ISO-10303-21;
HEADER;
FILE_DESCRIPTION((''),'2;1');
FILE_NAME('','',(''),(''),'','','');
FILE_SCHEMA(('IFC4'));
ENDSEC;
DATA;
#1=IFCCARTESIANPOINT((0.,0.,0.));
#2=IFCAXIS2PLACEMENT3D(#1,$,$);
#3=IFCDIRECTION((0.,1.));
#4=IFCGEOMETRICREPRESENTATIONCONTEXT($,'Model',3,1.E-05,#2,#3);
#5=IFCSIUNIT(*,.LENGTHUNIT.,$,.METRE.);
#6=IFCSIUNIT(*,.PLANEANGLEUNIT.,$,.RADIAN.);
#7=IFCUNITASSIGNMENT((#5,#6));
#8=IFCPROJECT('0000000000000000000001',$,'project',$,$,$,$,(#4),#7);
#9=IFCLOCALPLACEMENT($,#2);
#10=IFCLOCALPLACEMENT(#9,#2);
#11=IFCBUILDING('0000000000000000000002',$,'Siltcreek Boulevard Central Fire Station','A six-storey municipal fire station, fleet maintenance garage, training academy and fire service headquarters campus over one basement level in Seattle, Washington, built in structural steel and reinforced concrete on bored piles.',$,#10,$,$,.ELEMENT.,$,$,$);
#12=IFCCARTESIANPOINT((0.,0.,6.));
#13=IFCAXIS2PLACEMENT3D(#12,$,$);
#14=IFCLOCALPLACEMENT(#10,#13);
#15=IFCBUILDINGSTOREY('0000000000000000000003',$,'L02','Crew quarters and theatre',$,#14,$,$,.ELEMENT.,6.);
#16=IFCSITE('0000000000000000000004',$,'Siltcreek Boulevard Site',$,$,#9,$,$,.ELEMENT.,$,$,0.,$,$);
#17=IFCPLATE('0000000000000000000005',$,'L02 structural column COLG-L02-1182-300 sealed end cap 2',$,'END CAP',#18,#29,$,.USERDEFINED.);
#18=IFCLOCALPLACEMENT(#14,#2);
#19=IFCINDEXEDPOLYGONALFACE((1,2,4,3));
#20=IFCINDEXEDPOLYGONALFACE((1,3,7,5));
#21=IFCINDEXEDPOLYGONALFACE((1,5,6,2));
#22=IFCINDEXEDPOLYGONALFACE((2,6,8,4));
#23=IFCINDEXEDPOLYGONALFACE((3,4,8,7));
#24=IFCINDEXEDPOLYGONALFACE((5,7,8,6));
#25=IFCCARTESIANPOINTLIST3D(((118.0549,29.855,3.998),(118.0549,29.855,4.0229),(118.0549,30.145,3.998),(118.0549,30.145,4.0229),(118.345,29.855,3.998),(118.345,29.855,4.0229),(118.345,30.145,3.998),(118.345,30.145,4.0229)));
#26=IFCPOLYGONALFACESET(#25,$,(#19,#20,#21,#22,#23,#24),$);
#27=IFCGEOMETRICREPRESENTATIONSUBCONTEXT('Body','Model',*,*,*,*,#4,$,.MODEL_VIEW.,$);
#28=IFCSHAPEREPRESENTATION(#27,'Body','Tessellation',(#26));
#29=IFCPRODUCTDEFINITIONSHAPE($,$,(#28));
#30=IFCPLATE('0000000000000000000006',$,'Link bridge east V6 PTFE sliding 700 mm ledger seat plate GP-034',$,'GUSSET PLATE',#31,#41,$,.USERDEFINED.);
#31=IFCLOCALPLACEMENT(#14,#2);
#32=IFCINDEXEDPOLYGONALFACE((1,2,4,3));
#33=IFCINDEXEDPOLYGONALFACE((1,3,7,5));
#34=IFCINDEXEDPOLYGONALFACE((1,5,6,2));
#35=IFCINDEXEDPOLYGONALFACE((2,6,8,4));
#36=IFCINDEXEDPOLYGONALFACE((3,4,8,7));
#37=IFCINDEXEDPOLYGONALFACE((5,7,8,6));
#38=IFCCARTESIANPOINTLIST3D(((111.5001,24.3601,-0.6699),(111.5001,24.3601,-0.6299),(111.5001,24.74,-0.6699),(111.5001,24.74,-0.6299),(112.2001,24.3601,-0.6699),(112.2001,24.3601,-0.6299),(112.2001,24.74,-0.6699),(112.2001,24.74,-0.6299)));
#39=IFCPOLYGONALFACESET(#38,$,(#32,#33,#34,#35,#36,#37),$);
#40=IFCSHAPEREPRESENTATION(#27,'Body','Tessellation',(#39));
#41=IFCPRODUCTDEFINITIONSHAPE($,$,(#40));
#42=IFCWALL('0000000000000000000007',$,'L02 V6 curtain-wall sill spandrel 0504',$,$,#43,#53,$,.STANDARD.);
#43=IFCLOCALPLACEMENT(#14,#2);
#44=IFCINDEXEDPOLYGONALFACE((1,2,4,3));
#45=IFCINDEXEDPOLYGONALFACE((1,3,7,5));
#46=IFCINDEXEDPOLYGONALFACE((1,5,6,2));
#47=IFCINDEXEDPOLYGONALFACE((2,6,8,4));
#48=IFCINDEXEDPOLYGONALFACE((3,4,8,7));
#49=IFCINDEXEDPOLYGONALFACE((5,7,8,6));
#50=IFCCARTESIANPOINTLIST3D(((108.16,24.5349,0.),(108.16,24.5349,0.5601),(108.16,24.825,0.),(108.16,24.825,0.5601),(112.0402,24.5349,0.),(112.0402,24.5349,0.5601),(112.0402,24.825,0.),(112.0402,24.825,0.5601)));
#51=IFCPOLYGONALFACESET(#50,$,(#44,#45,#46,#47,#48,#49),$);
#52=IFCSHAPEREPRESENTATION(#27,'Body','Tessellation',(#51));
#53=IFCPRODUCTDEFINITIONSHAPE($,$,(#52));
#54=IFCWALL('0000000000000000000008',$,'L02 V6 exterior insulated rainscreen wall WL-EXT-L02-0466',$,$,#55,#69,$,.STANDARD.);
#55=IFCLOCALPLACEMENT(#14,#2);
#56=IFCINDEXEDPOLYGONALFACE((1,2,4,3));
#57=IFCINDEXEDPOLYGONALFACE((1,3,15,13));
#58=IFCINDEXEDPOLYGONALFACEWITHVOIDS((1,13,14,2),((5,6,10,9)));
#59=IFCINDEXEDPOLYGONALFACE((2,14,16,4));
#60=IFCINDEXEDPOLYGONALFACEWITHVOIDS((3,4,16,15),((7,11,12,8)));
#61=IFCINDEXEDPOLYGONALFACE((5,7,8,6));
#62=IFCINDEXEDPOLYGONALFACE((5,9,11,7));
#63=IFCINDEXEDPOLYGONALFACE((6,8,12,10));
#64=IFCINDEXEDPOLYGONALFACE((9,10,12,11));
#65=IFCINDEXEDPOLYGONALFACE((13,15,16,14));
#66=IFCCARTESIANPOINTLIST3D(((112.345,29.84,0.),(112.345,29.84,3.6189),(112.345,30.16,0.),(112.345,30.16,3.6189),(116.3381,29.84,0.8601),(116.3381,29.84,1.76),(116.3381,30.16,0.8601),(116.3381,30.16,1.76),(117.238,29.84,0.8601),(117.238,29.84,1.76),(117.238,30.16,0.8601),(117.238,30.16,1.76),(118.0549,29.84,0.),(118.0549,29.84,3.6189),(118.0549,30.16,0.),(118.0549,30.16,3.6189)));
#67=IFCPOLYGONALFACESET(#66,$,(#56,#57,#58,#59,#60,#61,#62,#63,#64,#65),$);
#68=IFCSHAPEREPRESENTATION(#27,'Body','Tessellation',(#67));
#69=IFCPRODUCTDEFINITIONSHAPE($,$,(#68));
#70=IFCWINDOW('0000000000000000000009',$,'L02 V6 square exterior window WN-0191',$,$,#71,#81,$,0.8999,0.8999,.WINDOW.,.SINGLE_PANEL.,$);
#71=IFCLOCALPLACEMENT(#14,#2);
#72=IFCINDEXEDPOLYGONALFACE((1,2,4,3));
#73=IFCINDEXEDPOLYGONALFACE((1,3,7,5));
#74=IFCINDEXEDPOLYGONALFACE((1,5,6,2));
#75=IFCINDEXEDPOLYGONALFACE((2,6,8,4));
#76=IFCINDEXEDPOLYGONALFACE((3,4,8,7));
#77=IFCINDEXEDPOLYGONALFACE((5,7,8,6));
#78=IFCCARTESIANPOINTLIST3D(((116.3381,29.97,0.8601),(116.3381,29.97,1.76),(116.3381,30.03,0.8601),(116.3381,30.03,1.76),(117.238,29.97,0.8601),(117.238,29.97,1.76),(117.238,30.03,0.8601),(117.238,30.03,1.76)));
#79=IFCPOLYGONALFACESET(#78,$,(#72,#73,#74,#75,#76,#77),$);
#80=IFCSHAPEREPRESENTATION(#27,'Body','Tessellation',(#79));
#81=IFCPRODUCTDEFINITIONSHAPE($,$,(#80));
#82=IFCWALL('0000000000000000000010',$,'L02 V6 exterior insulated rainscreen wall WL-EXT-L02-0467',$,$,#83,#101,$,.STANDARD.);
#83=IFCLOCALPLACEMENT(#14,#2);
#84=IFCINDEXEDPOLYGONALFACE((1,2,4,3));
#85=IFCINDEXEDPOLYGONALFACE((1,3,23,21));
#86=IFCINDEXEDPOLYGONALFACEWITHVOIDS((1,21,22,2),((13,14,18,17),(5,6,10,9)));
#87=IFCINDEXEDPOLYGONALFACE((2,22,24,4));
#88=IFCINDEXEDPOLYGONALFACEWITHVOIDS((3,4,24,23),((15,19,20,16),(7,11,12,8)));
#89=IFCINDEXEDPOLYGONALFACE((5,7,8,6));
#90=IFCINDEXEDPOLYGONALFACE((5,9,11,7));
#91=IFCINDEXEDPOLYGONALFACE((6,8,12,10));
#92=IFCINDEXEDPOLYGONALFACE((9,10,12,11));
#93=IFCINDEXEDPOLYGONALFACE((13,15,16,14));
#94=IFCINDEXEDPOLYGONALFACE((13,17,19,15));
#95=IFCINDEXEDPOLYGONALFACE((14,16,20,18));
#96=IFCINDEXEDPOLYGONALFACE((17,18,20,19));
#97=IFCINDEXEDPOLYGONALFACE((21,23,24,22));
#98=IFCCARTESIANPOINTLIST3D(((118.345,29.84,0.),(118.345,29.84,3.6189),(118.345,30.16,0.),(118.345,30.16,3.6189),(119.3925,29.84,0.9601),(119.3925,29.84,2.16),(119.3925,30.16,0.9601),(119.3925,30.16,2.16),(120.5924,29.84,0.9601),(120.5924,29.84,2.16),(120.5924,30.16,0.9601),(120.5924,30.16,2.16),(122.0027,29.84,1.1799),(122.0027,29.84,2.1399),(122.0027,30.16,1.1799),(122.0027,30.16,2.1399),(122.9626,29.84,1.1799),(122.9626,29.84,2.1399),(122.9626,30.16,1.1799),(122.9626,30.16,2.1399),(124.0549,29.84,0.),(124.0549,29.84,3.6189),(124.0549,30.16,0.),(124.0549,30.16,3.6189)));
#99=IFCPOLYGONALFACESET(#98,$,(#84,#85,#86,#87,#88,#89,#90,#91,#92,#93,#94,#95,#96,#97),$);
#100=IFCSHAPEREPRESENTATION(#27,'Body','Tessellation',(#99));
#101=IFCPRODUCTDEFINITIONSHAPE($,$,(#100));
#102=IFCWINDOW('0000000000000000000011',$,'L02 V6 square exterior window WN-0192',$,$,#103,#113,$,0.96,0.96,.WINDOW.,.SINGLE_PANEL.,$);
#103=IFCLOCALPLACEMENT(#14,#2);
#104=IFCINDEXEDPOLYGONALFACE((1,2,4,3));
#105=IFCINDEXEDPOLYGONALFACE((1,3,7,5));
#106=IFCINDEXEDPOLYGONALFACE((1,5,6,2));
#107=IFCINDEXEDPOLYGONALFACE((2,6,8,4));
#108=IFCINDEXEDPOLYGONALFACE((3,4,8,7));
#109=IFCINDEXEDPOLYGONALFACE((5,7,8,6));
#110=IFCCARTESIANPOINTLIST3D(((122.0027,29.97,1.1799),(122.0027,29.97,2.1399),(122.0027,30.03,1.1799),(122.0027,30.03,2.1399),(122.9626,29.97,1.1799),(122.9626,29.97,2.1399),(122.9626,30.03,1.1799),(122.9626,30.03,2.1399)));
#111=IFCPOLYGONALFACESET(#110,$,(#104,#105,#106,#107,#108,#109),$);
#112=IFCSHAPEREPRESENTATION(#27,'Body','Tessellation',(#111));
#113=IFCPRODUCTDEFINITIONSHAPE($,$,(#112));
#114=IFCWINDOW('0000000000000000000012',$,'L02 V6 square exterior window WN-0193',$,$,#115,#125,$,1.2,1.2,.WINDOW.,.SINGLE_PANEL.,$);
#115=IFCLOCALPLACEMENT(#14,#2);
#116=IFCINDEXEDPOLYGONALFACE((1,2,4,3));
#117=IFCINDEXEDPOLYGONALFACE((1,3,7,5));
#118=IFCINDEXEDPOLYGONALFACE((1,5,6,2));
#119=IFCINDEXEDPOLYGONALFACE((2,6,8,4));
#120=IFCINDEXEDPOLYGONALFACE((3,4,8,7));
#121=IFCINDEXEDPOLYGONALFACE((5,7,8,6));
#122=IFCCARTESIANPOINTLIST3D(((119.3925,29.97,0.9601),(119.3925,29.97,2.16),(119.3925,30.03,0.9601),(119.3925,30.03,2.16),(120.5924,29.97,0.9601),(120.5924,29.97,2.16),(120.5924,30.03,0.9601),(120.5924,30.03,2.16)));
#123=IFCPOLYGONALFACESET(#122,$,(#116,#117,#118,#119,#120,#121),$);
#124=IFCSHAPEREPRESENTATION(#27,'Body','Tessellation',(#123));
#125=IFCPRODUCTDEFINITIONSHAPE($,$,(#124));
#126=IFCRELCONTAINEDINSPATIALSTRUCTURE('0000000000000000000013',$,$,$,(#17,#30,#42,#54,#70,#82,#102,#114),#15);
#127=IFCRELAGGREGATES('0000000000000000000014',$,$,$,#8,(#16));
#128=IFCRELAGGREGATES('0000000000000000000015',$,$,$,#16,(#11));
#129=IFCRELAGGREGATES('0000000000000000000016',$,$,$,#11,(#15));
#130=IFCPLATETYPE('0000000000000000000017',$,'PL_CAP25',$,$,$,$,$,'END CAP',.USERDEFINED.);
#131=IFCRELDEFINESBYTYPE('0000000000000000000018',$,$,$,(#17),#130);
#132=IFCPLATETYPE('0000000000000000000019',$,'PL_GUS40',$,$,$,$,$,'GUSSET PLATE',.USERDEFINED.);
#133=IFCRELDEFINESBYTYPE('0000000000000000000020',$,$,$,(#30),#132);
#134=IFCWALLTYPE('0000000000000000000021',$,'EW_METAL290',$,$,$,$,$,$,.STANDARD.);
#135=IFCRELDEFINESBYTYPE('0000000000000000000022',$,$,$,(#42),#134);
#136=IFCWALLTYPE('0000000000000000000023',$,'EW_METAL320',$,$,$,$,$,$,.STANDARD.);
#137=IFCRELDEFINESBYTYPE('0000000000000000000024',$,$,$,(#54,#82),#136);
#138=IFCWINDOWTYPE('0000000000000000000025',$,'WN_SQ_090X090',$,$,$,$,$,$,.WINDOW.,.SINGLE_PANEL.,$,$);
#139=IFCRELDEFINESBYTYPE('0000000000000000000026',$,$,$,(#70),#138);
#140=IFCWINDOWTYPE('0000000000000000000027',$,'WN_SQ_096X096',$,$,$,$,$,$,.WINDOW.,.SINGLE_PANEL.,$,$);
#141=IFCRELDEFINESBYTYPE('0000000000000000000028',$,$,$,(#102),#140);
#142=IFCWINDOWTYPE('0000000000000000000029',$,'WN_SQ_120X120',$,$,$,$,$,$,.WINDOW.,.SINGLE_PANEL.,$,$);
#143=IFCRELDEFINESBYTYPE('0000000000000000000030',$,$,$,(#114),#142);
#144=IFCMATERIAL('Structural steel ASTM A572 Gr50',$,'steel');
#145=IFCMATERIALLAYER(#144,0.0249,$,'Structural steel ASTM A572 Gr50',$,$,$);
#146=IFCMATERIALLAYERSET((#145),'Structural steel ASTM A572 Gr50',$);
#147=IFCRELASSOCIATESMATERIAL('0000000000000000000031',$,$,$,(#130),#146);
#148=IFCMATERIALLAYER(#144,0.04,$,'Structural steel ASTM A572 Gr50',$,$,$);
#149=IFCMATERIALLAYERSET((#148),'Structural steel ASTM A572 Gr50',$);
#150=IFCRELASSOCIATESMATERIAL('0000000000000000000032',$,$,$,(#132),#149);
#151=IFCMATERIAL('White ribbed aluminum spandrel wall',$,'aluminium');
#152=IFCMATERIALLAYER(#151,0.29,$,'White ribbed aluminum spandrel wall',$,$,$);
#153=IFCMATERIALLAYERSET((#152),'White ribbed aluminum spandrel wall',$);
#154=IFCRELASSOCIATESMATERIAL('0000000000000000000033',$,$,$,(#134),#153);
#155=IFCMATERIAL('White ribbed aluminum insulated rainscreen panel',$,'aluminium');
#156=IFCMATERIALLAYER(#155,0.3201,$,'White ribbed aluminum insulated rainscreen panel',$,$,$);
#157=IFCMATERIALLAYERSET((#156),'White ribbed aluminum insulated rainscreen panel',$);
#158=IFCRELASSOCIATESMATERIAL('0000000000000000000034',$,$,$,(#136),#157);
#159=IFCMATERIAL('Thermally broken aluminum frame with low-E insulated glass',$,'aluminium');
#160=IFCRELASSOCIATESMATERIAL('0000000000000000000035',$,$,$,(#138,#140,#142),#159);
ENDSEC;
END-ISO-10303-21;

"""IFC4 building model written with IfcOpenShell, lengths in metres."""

from ifc_helpers import new_model, si_unit, direction, frame, frame_2d, origin, origin_2d, place, context, subcontext, project, spatial, rectangle, extrude, material, layer, layer_set, type_object, element, fill, save


model = new_model("IFC4")

# Units and contexts
model_context = context("Model", 3, precision=1e-05, world=origin(), true_north=direction((0.0, 1.0)))
body_context = subcontext(model_context, "Body", "Model", "MODEL_VIEW")
ifc_project = project(units=[si_unit("LENGTHUNIT", "METRE"), si_unit("PLANEANGLEUNIT", "RADIAN")], contexts=[model_context])

# Site, building, storey
site_placement = place(None, origin())
site = spatial("IfcSite", under=ifc_project, at=site_placement, Name="Siltcreek Boulevard Site", CompositionType="ELEMENT", RefElevation=0.0)
building_placement = place(site_placement, origin())
building = spatial("IfcBuilding", under=site, at=building_placement, Name="Siltcreek Boulevard Central Fire Station", Description="A six-storey municipal fire station, fleet maintenance garage, training academy and fire service headquarters campus over one basement level in Seattle, Washington, built in structural steel and reinforced concrete on bored piles.", CompositionType="ELEMENT")
storey_placement = place(building_placement, frame((0.0, 0.0, 6.0)))
storey = spatial("IfcBuildingStorey", under=building, at=storey_placement, Name="L02", Description="Crew quarters and theatre", CompositionType="ELEMENT", Elevation=6.0)

# Plates
ifc_material_1 = material(Name="Structural steel ASTM A572 Gr50", Category="steel")
ifc_layer_1 = layer(ifc_material_1, 0.0249, Name="Structural steel ASTM A572 Gr50")
ifc_layer_set_1 = layer_set([ifc_layer_1], Name="Structural steel ASTM A572 Gr50")
plate_type_1 = type_object("IfcPlateType", Name="PL_CAP25", ElementType="END CAP", PredefinedType="USERDEFINED", material=ifc_layer_set_1)
plate_1_placement = place(storey_placement, frame((118.2, 30.0, 3.998), z_axis=(0.0, 0.0, 1.0), x_axis=(1.0, 0.0, 0.0)))
element("IfcPlate", 1, at=plate_1_placement, inside=storey, type_object=plate_type_1, Name="L02 structural column COLG-L02-1182-300 sealed end cap 2", ObjectType="END CAP", PredefinedType="USERDEFINED", context=body_context, shape_type="SweptSolid", body=[
    extrude(rectangle(XDim=0.29, YDim=0.29, at=origin_2d()), origin(), (0.0, 0.0, 1.0), 0.0249),
])
ifc_layer_2 = layer(ifc_material_1, 0.04, Name="Structural steel ASTM A572 Gr50")
ifc_layer_set_2 = layer_set([ifc_layer_2], Name="Structural steel ASTM A572 Gr50")
plate_type_2 = type_object("IfcPlateType", Name="PL_GUS40", ElementType="GUSSET PLATE", PredefinedType="USERDEFINED", material=ifc_layer_set_2)
plate_2_placement = place(storey_placement, frame((111.8501, 24.55, -0.6699), z_axis=(0.0, 0.0, 1.0), x_axis=(1.0, 0.0, 0.0)))
element("IfcPlate", 2, at=plate_2_placement, inside=storey, type_object=plate_type_2, Name="Link bridge east V6 PTFE sliding 700 mm ledger seat plate GP-034", ObjectType="GUSSET PLATE", PredefinedType="USERDEFINED", context=body_context, shape_type="SweptSolid", body=[
    extrude(rectangle(XDim=0.7, YDim=0.3799, at=origin_2d()), origin(), (0.0, 0.0, 1.0), 0.04),
])

# Wall
ifc_material_2 = material(Name="White ribbed aluminum spandrel wall", Category="aluminium")
ifc_layer_3 = layer(ifc_material_2, 0.29, Name="White ribbed aluminum spandrel wall")
ifc_layer_set_3 = layer_set([ifc_layer_3], Name="White ribbed aluminum spandrel wall")
wall_type_1 = type_object("IfcWallType", Name="EW_METAL290", PredefinedType="STANDARD", material=ifc_layer_set_3)
wall_1_placement = place(storey_placement, frame((112.04, 24.6799, 0.0), z_axis=(0.0, 0.0, 1.0), x_axis=(-1.0, 0.0, 0.0)))
element("IfcWall", 3, at=wall_1_placement, inside=storey, type_object=wall_type_1, Name="L02 V6 curtain-wall sill spandrel 0504", PredefinedType="STANDARD", context=body_context, shape_type="SweptSolid", body=[
    extrude(rectangle(XDim=3.8801, YDim=0.29, at=frame_2d((1.9399, 0.0))), origin(), (0.0, 0.0, 1.0), 0.5601),
])

# Wall, opening, window
ifc_material_3 = material(Name="White ribbed aluminum insulated rainscreen panel", Category="aluminium")
ifc_layer_4 = layer(ifc_material_3, 0.3201, Name="White ribbed aluminum insulated rainscreen panel")
ifc_layer_set_4 = layer_set([ifc_layer_4], Name="White ribbed aluminum insulated rainscreen panel")
wall_type_2 = type_object("IfcWallType", Name="EW_METAL320", PredefinedType="STANDARD", material=ifc_layer_set_4)
wall_2_placement = place(storey_placement, frame((118.0549, 30.0, 0.0), z_axis=(0.0, 0.0, 1.0), x_axis=(-1.0, 0.0, 0.0)))
wall_2 = element("IfcWall", 4, at=wall_2_placement, inside=storey, type_object=wall_type_2, Name="L02 V6 exterior insulated rainscreen wall WL-EXT-L02-0466", PredefinedType="STANDARD", context=body_context, shape_type="SweptSolid", body=[
    extrude(rectangle(XDim=5.71, YDim=0.3201, at=frame_2d((2.855, 0.0))), origin(), (0.0, 0.0, 1.0), 3.6189),
])
opening_1_placement = place(wall_2_placement, frame((0.8169, 0.0, 0.8601)))
opening_1 = element("IfcOpeningElement", 5, at=opening_1_placement, cuts=wall_2, PredefinedType="OPENING", context=body_context, shape_type="SweptSolid", body=[
    extrude(rectangle(XDim=0.8999, YDim=0.8999, at=frame_2d((0.45, 0.45))), frame((0.0, 0.1699, 0.0), z_axis=(0.0, -1.0, 0.0), x_axis=(1.0, 0.0, 0.0)), (0.0, 0.0, 1.0), 0.3401),
])
ifc_material_4 = material(Name="Thermally broken aluminum frame with low-E insulated glass", Category="aluminium")
window_type_1 = type_object("IfcWindowType", Name="WN_SQ_090X090", PartitioningType="SINGLE_PANEL", PredefinedType="WINDOW", material=ifc_material_4)
window_1_placement = place(opening_1_placement, origin())
window_1 = element("IfcWindow", 6, at=window_1_placement, inside=storey, type_object=window_type_1, Name="L02 V6 square exterior window WN-0191", OverallHeight=0.8999, OverallWidth=0.8999, PartitioningType="SINGLE_PANEL", PredefinedType="WINDOW", context=body_context, shape_type="SweptSolid", body=[
    extrude(rectangle(XDim=0.8999, YDim=0.8999, at=frame_2d((0.45, 0.45))), frame((0.0, 0.03, 0.0), z_axis=(0.0, -1.0, 0.0), x_axis=(1.0, 0.0, 0.0)), (0.0, 0.0, 1.0), 0.0601),
])
fill(opening_1, window_1)

# Wall, openings, windows
wall_3_placement = place(storey_placement, frame((124.0549, 30.0, 0.0), z_axis=(0.0, 0.0, 1.0), x_axis=(-1.0, 0.0, 0.0)))
wall_3 = element("IfcWall", 7, at=wall_3_placement, inside=storey, type_object=wall_type_2, Name="L02 V6 exterior insulated rainscreen wall WL-EXT-L02-0467", PredefinedType="STANDARD", context=body_context, shape_type="SweptSolid", body=[
    extrude(rectangle(XDim=5.71, YDim=0.3201, at=frame_2d((2.855, 0.0))), origin(), (0.0, 0.0, 1.0), 3.6189),
])
opening_2_placement = place(wall_3_placement, frame((1.0923, 0.0, 1.1799)))
opening_2 = element("IfcOpeningElement", 8, at=opening_2_placement, cuts=wall_3, PredefinedType="OPENING", context=body_context, shape_type="SweptSolid", body=[
    extrude(rectangle(XDim=0.96, YDim=0.96, at=frame_2d((0.48, 0.48))), frame((0.0, 0.1699, 0.0), z_axis=(0.0, -1.0, 0.0), x_axis=(1.0, 0.0, 0.0)), (0.0, 0.0, 1.0), 0.3401),
])
opening_3_placement = place(wall_3_placement, frame((3.4624, 0.0, 0.96)))
opening_3 = element("IfcOpeningElement", 9, at=opening_3_placement, cuts=wall_3, PredefinedType="OPENING", context=body_context, shape_type="SweptSolid", body=[
    extrude(rectangle(XDim=1.2, YDim=1.2, at=frame_2d((0.6001, 0.6001))), frame((0.0, 0.1699, 0.0), z_axis=(0.0, -1.0, 0.0), x_axis=(1.0, 0.0, 0.0)), (0.0, 0.0, 1.0), 0.3401),
])
window_type_2 = type_object("IfcWindowType", Name="WN_SQ_096X096", PartitioningType="SINGLE_PANEL", PredefinedType="WINDOW", material=ifc_material_4)
window_2_placement = place(opening_2_placement, origin())
window_2 = element("IfcWindow", 10, at=window_2_placement, inside=storey, type_object=window_type_2, Name="L02 V6 square exterior window WN-0192", OverallHeight=0.96, OverallWidth=0.96, PartitioningType="SINGLE_PANEL", PredefinedType="WINDOW", context=body_context, shape_type="SweptSolid", body=[
    extrude(rectangle(XDim=0.96, YDim=0.96, at=frame_2d((0.48, 0.48))), frame((0.0, 0.03, 0.0), z_axis=(0.0, -1.0, 0.0), x_axis=(1.0, 0.0, 0.0)), (0.0, 0.0, 1.0), 0.0601),
])
fill(opening_2, window_2)
window_type_3 = type_object("IfcWindowType", Name="WN_SQ_120X120", PartitioningType="SINGLE_PANEL", PredefinedType="WINDOW", material=ifc_material_4)
window_3_placement = place(opening_3_placement, origin())
window_3 = element("IfcWindow", 11, at=window_3_placement, inside=storey, type_object=window_type_3, Name="L02 V6 square exterior window WN-0193", OverallHeight=1.2, OverallWidth=1.2, PartitioningType="SINGLE_PANEL", PredefinedType="WINDOW", context=body_context, shape_type="SweptSolid", body=[
    extrude(rectangle(XDim=1.2, YDim=1.2, at=frame_2d((0.6001, 0.6001))), frame((0.0, 0.03, 0.0), z_axis=(0.0, -1.0, 0.0), x_axis=(1.0, 0.0, 0.0)), (0.0, 0.0, 1.0), 0.0601),
])
fill(opening_3, window_3)

save(model, "model.ifc")
